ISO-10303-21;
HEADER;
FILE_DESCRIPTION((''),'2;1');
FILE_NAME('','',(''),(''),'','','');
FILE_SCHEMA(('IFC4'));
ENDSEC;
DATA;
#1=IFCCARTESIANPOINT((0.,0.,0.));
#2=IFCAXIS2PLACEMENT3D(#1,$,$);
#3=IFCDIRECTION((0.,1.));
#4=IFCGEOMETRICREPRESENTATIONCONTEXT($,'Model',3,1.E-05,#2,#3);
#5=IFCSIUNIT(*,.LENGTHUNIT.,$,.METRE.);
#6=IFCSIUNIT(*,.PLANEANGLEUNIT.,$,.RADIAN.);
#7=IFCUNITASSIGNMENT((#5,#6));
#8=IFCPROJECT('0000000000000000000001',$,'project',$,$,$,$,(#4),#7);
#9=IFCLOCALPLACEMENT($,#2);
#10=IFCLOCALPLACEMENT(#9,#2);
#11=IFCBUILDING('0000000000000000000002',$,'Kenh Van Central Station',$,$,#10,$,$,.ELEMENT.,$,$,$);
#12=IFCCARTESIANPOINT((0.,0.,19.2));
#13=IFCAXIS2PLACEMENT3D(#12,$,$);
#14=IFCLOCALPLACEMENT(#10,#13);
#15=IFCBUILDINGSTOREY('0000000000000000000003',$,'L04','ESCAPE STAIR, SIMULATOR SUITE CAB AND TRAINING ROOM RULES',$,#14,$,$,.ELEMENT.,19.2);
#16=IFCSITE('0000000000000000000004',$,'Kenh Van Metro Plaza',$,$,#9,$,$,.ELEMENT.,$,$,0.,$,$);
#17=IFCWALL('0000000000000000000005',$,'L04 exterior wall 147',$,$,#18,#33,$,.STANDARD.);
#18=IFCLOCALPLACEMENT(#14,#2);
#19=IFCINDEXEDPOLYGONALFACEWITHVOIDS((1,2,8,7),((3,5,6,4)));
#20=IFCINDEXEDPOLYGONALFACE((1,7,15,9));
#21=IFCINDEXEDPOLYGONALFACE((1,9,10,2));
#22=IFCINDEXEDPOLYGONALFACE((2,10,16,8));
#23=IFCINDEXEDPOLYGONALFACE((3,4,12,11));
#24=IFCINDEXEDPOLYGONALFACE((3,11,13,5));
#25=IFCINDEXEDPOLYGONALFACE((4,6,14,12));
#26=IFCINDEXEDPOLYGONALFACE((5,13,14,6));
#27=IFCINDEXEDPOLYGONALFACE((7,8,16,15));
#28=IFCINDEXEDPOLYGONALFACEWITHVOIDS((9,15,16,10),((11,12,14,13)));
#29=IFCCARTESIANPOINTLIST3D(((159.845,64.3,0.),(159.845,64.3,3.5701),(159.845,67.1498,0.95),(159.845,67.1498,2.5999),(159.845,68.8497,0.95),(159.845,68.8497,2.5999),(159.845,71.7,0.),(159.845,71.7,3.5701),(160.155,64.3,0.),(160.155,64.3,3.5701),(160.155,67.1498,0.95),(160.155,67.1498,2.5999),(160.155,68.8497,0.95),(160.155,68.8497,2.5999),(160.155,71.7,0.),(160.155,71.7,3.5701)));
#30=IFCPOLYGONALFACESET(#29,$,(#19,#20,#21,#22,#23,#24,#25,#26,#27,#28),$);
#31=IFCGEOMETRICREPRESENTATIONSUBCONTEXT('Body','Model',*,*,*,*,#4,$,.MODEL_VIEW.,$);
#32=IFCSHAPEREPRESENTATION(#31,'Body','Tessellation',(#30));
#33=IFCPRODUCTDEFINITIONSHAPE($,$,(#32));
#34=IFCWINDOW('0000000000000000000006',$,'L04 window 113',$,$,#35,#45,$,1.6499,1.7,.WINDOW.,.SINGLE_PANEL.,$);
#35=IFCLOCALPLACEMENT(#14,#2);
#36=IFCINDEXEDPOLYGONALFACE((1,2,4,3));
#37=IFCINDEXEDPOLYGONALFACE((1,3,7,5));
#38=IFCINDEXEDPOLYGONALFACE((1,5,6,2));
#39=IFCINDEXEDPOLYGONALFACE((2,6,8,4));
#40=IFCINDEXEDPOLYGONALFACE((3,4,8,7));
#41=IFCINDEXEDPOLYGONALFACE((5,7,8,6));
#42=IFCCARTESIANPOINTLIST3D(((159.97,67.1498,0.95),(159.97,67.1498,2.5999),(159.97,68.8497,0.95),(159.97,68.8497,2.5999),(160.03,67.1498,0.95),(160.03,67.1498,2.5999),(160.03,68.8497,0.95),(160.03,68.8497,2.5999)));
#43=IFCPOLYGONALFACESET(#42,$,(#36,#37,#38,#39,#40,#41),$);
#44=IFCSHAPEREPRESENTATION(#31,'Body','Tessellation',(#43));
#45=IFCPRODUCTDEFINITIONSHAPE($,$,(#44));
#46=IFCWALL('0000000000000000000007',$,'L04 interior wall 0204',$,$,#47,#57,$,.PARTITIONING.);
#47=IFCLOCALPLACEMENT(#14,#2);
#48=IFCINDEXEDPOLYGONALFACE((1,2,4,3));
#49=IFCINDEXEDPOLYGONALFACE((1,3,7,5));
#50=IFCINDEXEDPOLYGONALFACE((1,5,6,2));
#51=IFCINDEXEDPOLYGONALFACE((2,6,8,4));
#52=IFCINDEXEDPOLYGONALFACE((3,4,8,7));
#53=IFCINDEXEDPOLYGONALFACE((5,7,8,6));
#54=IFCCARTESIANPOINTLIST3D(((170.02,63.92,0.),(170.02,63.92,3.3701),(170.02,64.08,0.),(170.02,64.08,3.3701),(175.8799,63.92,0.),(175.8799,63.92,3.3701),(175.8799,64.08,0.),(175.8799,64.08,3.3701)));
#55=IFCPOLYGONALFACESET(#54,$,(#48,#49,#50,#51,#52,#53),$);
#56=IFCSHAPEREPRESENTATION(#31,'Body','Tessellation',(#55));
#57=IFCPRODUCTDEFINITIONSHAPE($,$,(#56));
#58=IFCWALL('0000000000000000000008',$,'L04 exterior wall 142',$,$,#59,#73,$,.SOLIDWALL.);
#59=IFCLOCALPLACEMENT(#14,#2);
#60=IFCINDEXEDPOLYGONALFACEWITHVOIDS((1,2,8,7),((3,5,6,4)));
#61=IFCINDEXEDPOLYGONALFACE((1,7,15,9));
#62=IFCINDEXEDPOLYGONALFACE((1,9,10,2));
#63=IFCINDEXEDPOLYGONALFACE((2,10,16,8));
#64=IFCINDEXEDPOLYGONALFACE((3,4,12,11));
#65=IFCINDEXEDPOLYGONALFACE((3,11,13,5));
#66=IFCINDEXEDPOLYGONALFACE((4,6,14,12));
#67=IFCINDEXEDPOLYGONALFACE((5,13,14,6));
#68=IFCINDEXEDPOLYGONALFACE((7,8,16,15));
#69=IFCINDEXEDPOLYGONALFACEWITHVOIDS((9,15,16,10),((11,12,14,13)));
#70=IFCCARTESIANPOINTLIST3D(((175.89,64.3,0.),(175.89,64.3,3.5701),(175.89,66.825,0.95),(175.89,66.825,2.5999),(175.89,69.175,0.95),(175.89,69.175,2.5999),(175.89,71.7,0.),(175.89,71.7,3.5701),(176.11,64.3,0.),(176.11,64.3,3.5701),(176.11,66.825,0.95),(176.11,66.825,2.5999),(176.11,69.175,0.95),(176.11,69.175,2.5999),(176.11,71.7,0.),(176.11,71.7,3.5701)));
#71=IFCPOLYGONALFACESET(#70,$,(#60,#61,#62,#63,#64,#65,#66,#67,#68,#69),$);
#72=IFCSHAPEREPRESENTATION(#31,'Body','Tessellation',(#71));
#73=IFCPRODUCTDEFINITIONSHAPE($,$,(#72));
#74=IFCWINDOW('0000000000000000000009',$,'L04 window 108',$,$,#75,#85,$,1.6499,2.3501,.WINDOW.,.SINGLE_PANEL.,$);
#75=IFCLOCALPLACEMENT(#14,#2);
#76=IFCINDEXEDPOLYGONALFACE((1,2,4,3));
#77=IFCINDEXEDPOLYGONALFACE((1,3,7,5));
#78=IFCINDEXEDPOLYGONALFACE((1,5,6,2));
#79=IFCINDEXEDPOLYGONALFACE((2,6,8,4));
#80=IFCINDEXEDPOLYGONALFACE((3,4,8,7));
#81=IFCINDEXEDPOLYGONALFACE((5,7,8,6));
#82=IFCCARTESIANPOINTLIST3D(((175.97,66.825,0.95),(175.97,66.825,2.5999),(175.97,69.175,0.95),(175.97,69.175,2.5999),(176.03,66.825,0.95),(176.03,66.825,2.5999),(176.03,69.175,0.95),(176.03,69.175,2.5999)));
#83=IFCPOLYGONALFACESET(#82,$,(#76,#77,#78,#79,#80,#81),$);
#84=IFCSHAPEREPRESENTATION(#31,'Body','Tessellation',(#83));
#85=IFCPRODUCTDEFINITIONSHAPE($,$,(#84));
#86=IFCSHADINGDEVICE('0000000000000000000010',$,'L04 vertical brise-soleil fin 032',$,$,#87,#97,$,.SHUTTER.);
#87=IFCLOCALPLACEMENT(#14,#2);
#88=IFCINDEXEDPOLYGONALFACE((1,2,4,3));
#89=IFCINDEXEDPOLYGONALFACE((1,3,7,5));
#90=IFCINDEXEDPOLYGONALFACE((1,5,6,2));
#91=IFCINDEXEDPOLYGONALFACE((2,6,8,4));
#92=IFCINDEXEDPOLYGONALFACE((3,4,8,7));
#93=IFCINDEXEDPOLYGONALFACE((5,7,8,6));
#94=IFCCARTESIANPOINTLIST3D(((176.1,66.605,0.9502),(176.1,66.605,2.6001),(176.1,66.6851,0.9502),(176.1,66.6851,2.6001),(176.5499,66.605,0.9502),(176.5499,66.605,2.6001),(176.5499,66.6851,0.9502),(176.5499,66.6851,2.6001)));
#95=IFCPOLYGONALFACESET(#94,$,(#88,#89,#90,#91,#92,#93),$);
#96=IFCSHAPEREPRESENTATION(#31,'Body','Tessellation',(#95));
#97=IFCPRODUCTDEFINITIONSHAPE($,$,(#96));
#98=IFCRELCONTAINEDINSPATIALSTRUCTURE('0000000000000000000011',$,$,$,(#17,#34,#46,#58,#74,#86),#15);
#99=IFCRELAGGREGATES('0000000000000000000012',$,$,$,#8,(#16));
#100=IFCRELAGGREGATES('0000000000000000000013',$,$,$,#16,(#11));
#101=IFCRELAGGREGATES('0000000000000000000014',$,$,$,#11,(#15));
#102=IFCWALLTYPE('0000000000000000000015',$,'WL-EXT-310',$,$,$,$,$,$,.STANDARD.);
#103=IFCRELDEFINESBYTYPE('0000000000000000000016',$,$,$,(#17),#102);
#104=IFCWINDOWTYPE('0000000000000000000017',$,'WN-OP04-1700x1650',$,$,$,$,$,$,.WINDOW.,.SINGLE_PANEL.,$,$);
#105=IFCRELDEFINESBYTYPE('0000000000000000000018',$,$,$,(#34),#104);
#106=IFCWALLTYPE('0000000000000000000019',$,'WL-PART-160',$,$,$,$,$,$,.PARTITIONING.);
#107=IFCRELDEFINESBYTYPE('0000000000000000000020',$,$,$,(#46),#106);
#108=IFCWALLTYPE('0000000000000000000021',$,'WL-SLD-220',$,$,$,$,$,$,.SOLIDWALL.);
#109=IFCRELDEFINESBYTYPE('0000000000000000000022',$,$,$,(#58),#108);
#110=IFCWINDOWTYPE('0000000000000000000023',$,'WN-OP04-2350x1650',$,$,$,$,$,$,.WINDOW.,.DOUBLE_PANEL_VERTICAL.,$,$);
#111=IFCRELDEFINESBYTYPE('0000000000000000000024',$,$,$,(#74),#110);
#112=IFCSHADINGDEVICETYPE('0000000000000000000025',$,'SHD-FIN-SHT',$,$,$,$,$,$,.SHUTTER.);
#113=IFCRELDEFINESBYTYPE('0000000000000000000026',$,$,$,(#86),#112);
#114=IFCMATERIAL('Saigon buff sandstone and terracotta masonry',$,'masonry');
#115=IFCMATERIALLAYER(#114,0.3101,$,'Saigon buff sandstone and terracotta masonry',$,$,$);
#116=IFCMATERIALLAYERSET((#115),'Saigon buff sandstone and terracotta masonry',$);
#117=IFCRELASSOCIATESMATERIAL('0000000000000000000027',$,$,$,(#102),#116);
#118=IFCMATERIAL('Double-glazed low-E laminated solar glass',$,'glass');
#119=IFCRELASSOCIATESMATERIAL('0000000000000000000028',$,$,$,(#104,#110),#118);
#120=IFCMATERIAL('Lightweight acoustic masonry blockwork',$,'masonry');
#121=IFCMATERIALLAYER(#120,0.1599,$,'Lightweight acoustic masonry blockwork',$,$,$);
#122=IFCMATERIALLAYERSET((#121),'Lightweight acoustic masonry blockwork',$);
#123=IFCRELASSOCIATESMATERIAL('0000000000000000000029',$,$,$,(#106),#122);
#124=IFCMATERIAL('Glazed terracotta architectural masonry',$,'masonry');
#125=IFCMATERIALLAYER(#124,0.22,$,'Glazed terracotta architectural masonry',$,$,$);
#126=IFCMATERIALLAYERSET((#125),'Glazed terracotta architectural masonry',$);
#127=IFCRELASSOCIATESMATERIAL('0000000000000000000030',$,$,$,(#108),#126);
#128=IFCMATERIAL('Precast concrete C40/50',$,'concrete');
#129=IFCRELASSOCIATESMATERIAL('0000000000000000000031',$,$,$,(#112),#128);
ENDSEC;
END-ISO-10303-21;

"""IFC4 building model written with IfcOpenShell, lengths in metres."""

from ifc_helpers import new_model, si_unit, direction, frame, frame_2d, origin, origin_2d, place, context, subcontext, project, spatial, rectangle, extrude, material, layer, layer_set, type_object, element, fill, save


model = new_model("IFC4")

# Units and contexts
model_context = context("Model", 3, precision=1e-05, world=origin(), true_north=direction((0.0, 1.0)))
body_context = subcontext(model_context, "Body", "Model", "MODEL_VIEW")
ifc_project = project(units=[si_unit("LENGTHUNIT", "METRE"), si_unit("PLANEANGLEUNIT", "RADIAN")], contexts=[model_context])

# Site, building, storey
site_placement = place(None, origin())
site = spatial("IfcSite", under=ifc_project, at=site_placement, Name="Kenh Van Metro Plaza", CompositionType="ELEMENT", RefElevation=0.0)
building_placement = place(site_placement, origin())
building = spatial("IfcBuilding", under=site, at=building_placement, Name="Kenh Van Central Station", CompositionType="ELEMENT")
storey_placement = place(building_placement, frame((0.0, 0.0, 19.2)))
storey = spatial("IfcBuildingStorey", under=building, at=storey_placement, Name="L04", Description="ESCAPE STAIR, SIMULATOR SUITE CAB AND TRAINING ROOM RULES", CompositionType="ELEMENT", Elevation=19.2)

# Wall, opening, window
ifc_material_1 = material(Name="Saigon buff sandstone and terracotta masonry", Category="masonry")
ifc_layer_1 = layer(ifc_material_1, 0.3101, Name="Saigon buff sandstone and terracotta masonry")
ifc_layer_set_1 = layer_set([ifc_layer_1], Name="Saigon buff sandstone and terracotta masonry")
wall_type_1 = type_object("IfcWallType", Name="WL-EXT-310", PredefinedType="STANDARD", material=ifc_layer_set_1)
wall_1_placement = place(storey_placement, frame((160.0, 71.7, 0.0), z_axis=(0.0, 0.0, 1.0), x_axis=(0.0, -1.0, 0.0)))
wall_1 = element("IfcWall", 1, at=wall_1_placement, inside=storey, type_object=wall_type_1, Name="L04 exterior wall 147", PredefinedType="STANDARD", context=body_context, shape_type="SweptSolid", body=[
    extrude(rectangle(XDim=7.3999, YDim=0.3101, at=frame_2d((3.7, 0.0))), origin(), (0.0, 0.0, 1.0), 3.5701),
])
opening_1_placement = place(wall_1_placement, frame((2.8501, 0.0, 0.95)))
opening_1 = element("IfcOpeningElement", 2, at=opening_1_placement, cuts=wall_1, PredefinedType="OPENING", context=body_context, shape_type="SweptSolid", body=[
    extrude(rectangle(XDim=1.7, YDim=1.6499, at=frame_2d((0.8501, 0.825))), frame((0.0, 0.165, 0.0), z_axis=(0.0, -1.0, 0.0), x_axis=(1.0, 0.0, 0.0)), (0.0, 0.0, 1.0), 0.3301),
])
ifc_material_2 = material(Name="Double-glazed low-E laminated solar glass", Category="glass")
window_type_1 = type_object("IfcWindowType", Name="WN-OP04-1700x1650", PartitioningType="SINGLE_PANEL", PredefinedType="WINDOW", material=ifc_material_2)
window_1_placement = place(opening_1_placement, origin())
window_1 = element("IfcWindow", 3, at=window_1_placement, inside=storey, type_object=window_type_1, Name="L04 window 113", OverallHeight=1.6499, OverallWidth=1.7, PartitioningType="SINGLE_PANEL", PredefinedType="WINDOW", context=body_context, shape_type="SweptSolid", body=[
    extrude(rectangle(XDim=1.7, YDim=1.6499, at=frame_2d((0.8501, 0.825))), frame((0.0, 0.03, 0.0), z_axis=(0.0, -1.0, 0.0), x_axis=(1.0, 0.0, 0.0)), (0.0, 0.0, 1.0), 0.0601),
])
fill(opening_1, window_1)

# Wall
ifc_material_3 = material(Name="Lightweight acoustic masonry blockwork", Category="masonry")
ifc_layer_2 = layer(ifc_material_3, 0.1599, Name="Lightweight acoustic masonry blockwork")
ifc_layer_set_2 = layer_set([ifc_layer_2], Name="Lightweight acoustic masonry blockwork")
wall_type_2 = type_object("IfcWallType", Name="WL-PART-160", PredefinedType="PARTITIONING", material=ifc_layer_set_2)
wall_2_placement = place(storey_placement, frame((170.02, 64.0, 0.0), z_axis=(0.0, 0.0, 1.0), x_axis=(1.0, 0.0, 0.0)))
element("IfcWall", 4, at=wall_2_placement, inside=storey, type_object=wall_type_2, Name="L04 interior wall 0204", PredefinedType="PARTITIONING", context=body_context, shape_type="SweptSolid", body=[
    extrude(rectangle(XDim=5.8599, YDim=0.1599, at=frame_2d((2.9299, 0.0))), origin(), (0.0, 0.0, 1.0), 3.3701),
])

# Wall, opening, window
ifc_material_4 = material(Name="Glazed terracotta architectural masonry", Category="masonry")
ifc_layer_3 = layer(ifc_material_4, 0.22, Name="Glazed terracotta architectural masonry")
ifc_layer_set_3 = layer_set([ifc_layer_3], Name="Glazed terracotta architectural masonry")
wall_type_3 = type_object("IfcWallType", Name="WL-SLD-220", PredefinedType="SOLIDWALL", material=ifc_layer_set_3)
wall_3_placement = place(storey_placement, frame((176.0, 64.3, 0.0), z_axis=(0.0, 0.0, 1.0), x_axis=(0.0, 1.0, 0.0)))
wall_3 = element("IfcWall", 5, at=wall_3_placement, inside=storey, type_object=wall_type_3, Name="L04 exterior wall 142", PredefinedType="SOLIDWALL", context=body_context, shape_type="SweptSolid", body=[
    extrude(rectangle(XDim=7.3999, YDim=0.22, at=frame_2d((3.7, 0.0))), origin(), (0.0, 0.0, 1.0), 3.5701),
])
opening_2_placement = place(wall_3_placement, frame((2.5249, 0.0, 0.95)))
opening_2 = element("IfcOpeningElement", 6, at=opening_2_placement, cuts=wall_3, PredefinedType="OPENING", context=body_context, shape_type="SweptSolid", body=[
    extrude(rectangle(XDim=2.3501, YDim=1.6499, at=frame_2d((1.175, 0.825))), frame((0.0, 0.1199, 0.0), z_axis=(0.0, -1.0, 0.0), x_axis=(1.0, 0.0, 0.0)), (0.0, 0.0, 1.0), 0.24),
])
window_type_2 = type_object("IfcWindowType", Name="WN-OP04-2350x1650", PartitioningType="DOUBLE_PANEL_VERTICAL", PredefinedType="WINDOW", material=ifc_material_2)
window_2_placement = place(opening_2_placement, origin())
window_2 = element("IfcWindow", 7, at=window_2_placement, inside=storey, type_object=window_type_2, Name="L04 window 108", OverallHeight=1.6499, OverallWidth=2.3501, PartitioningType="SINGLE_PANEL", PredefinedType="WINDOW", context=body_context, shape_type="SweptSolid", body=[
    extrude(rectangle(XDim=2.3501, YDim=1.6499, at=frame_2d((1.175, 0.825))), frame((0.0, 0.03, 0.0), z_axis=(0.0, -1.0, 0.0), x_axis=(1.0, 0.0, 0.0)), (0.0, 0.0, 1.0), 0.0601),
])
fill(opening_2, window_2)

# Shading device
ifc_material_5 = material(Name="Precast concrete C40/50", Category="concrete")
shading_device_type = type_object("IfcShadingDeviceType", Name="SHD-FIN-SHT", PredefinedType="SHUTTER", material=ifc_material_5)
shading_device_placement = place(storey_placement, frame((176.325, 66.645, 0.9502), z_axis=(0.0, 0.0, 1.0), x_axis=(1.0, 0.0, 0.0)))
element("IfcShadingDevice", 8, at=shading_device_placement, inside=storey, type_object=shading_device_type, Name="L04 vertical brise-soleil fin 032", PredefinedType="SHUTTER", context=body_context, shape_type="SweptSolid", body=[
    extrude(rectangle(XDim=0.45, YDim=0.0801, at=origin_2d()), origin(), (0.0, 0.0, 1.0), 1.6499),
])

save(model, "model.ifc")
